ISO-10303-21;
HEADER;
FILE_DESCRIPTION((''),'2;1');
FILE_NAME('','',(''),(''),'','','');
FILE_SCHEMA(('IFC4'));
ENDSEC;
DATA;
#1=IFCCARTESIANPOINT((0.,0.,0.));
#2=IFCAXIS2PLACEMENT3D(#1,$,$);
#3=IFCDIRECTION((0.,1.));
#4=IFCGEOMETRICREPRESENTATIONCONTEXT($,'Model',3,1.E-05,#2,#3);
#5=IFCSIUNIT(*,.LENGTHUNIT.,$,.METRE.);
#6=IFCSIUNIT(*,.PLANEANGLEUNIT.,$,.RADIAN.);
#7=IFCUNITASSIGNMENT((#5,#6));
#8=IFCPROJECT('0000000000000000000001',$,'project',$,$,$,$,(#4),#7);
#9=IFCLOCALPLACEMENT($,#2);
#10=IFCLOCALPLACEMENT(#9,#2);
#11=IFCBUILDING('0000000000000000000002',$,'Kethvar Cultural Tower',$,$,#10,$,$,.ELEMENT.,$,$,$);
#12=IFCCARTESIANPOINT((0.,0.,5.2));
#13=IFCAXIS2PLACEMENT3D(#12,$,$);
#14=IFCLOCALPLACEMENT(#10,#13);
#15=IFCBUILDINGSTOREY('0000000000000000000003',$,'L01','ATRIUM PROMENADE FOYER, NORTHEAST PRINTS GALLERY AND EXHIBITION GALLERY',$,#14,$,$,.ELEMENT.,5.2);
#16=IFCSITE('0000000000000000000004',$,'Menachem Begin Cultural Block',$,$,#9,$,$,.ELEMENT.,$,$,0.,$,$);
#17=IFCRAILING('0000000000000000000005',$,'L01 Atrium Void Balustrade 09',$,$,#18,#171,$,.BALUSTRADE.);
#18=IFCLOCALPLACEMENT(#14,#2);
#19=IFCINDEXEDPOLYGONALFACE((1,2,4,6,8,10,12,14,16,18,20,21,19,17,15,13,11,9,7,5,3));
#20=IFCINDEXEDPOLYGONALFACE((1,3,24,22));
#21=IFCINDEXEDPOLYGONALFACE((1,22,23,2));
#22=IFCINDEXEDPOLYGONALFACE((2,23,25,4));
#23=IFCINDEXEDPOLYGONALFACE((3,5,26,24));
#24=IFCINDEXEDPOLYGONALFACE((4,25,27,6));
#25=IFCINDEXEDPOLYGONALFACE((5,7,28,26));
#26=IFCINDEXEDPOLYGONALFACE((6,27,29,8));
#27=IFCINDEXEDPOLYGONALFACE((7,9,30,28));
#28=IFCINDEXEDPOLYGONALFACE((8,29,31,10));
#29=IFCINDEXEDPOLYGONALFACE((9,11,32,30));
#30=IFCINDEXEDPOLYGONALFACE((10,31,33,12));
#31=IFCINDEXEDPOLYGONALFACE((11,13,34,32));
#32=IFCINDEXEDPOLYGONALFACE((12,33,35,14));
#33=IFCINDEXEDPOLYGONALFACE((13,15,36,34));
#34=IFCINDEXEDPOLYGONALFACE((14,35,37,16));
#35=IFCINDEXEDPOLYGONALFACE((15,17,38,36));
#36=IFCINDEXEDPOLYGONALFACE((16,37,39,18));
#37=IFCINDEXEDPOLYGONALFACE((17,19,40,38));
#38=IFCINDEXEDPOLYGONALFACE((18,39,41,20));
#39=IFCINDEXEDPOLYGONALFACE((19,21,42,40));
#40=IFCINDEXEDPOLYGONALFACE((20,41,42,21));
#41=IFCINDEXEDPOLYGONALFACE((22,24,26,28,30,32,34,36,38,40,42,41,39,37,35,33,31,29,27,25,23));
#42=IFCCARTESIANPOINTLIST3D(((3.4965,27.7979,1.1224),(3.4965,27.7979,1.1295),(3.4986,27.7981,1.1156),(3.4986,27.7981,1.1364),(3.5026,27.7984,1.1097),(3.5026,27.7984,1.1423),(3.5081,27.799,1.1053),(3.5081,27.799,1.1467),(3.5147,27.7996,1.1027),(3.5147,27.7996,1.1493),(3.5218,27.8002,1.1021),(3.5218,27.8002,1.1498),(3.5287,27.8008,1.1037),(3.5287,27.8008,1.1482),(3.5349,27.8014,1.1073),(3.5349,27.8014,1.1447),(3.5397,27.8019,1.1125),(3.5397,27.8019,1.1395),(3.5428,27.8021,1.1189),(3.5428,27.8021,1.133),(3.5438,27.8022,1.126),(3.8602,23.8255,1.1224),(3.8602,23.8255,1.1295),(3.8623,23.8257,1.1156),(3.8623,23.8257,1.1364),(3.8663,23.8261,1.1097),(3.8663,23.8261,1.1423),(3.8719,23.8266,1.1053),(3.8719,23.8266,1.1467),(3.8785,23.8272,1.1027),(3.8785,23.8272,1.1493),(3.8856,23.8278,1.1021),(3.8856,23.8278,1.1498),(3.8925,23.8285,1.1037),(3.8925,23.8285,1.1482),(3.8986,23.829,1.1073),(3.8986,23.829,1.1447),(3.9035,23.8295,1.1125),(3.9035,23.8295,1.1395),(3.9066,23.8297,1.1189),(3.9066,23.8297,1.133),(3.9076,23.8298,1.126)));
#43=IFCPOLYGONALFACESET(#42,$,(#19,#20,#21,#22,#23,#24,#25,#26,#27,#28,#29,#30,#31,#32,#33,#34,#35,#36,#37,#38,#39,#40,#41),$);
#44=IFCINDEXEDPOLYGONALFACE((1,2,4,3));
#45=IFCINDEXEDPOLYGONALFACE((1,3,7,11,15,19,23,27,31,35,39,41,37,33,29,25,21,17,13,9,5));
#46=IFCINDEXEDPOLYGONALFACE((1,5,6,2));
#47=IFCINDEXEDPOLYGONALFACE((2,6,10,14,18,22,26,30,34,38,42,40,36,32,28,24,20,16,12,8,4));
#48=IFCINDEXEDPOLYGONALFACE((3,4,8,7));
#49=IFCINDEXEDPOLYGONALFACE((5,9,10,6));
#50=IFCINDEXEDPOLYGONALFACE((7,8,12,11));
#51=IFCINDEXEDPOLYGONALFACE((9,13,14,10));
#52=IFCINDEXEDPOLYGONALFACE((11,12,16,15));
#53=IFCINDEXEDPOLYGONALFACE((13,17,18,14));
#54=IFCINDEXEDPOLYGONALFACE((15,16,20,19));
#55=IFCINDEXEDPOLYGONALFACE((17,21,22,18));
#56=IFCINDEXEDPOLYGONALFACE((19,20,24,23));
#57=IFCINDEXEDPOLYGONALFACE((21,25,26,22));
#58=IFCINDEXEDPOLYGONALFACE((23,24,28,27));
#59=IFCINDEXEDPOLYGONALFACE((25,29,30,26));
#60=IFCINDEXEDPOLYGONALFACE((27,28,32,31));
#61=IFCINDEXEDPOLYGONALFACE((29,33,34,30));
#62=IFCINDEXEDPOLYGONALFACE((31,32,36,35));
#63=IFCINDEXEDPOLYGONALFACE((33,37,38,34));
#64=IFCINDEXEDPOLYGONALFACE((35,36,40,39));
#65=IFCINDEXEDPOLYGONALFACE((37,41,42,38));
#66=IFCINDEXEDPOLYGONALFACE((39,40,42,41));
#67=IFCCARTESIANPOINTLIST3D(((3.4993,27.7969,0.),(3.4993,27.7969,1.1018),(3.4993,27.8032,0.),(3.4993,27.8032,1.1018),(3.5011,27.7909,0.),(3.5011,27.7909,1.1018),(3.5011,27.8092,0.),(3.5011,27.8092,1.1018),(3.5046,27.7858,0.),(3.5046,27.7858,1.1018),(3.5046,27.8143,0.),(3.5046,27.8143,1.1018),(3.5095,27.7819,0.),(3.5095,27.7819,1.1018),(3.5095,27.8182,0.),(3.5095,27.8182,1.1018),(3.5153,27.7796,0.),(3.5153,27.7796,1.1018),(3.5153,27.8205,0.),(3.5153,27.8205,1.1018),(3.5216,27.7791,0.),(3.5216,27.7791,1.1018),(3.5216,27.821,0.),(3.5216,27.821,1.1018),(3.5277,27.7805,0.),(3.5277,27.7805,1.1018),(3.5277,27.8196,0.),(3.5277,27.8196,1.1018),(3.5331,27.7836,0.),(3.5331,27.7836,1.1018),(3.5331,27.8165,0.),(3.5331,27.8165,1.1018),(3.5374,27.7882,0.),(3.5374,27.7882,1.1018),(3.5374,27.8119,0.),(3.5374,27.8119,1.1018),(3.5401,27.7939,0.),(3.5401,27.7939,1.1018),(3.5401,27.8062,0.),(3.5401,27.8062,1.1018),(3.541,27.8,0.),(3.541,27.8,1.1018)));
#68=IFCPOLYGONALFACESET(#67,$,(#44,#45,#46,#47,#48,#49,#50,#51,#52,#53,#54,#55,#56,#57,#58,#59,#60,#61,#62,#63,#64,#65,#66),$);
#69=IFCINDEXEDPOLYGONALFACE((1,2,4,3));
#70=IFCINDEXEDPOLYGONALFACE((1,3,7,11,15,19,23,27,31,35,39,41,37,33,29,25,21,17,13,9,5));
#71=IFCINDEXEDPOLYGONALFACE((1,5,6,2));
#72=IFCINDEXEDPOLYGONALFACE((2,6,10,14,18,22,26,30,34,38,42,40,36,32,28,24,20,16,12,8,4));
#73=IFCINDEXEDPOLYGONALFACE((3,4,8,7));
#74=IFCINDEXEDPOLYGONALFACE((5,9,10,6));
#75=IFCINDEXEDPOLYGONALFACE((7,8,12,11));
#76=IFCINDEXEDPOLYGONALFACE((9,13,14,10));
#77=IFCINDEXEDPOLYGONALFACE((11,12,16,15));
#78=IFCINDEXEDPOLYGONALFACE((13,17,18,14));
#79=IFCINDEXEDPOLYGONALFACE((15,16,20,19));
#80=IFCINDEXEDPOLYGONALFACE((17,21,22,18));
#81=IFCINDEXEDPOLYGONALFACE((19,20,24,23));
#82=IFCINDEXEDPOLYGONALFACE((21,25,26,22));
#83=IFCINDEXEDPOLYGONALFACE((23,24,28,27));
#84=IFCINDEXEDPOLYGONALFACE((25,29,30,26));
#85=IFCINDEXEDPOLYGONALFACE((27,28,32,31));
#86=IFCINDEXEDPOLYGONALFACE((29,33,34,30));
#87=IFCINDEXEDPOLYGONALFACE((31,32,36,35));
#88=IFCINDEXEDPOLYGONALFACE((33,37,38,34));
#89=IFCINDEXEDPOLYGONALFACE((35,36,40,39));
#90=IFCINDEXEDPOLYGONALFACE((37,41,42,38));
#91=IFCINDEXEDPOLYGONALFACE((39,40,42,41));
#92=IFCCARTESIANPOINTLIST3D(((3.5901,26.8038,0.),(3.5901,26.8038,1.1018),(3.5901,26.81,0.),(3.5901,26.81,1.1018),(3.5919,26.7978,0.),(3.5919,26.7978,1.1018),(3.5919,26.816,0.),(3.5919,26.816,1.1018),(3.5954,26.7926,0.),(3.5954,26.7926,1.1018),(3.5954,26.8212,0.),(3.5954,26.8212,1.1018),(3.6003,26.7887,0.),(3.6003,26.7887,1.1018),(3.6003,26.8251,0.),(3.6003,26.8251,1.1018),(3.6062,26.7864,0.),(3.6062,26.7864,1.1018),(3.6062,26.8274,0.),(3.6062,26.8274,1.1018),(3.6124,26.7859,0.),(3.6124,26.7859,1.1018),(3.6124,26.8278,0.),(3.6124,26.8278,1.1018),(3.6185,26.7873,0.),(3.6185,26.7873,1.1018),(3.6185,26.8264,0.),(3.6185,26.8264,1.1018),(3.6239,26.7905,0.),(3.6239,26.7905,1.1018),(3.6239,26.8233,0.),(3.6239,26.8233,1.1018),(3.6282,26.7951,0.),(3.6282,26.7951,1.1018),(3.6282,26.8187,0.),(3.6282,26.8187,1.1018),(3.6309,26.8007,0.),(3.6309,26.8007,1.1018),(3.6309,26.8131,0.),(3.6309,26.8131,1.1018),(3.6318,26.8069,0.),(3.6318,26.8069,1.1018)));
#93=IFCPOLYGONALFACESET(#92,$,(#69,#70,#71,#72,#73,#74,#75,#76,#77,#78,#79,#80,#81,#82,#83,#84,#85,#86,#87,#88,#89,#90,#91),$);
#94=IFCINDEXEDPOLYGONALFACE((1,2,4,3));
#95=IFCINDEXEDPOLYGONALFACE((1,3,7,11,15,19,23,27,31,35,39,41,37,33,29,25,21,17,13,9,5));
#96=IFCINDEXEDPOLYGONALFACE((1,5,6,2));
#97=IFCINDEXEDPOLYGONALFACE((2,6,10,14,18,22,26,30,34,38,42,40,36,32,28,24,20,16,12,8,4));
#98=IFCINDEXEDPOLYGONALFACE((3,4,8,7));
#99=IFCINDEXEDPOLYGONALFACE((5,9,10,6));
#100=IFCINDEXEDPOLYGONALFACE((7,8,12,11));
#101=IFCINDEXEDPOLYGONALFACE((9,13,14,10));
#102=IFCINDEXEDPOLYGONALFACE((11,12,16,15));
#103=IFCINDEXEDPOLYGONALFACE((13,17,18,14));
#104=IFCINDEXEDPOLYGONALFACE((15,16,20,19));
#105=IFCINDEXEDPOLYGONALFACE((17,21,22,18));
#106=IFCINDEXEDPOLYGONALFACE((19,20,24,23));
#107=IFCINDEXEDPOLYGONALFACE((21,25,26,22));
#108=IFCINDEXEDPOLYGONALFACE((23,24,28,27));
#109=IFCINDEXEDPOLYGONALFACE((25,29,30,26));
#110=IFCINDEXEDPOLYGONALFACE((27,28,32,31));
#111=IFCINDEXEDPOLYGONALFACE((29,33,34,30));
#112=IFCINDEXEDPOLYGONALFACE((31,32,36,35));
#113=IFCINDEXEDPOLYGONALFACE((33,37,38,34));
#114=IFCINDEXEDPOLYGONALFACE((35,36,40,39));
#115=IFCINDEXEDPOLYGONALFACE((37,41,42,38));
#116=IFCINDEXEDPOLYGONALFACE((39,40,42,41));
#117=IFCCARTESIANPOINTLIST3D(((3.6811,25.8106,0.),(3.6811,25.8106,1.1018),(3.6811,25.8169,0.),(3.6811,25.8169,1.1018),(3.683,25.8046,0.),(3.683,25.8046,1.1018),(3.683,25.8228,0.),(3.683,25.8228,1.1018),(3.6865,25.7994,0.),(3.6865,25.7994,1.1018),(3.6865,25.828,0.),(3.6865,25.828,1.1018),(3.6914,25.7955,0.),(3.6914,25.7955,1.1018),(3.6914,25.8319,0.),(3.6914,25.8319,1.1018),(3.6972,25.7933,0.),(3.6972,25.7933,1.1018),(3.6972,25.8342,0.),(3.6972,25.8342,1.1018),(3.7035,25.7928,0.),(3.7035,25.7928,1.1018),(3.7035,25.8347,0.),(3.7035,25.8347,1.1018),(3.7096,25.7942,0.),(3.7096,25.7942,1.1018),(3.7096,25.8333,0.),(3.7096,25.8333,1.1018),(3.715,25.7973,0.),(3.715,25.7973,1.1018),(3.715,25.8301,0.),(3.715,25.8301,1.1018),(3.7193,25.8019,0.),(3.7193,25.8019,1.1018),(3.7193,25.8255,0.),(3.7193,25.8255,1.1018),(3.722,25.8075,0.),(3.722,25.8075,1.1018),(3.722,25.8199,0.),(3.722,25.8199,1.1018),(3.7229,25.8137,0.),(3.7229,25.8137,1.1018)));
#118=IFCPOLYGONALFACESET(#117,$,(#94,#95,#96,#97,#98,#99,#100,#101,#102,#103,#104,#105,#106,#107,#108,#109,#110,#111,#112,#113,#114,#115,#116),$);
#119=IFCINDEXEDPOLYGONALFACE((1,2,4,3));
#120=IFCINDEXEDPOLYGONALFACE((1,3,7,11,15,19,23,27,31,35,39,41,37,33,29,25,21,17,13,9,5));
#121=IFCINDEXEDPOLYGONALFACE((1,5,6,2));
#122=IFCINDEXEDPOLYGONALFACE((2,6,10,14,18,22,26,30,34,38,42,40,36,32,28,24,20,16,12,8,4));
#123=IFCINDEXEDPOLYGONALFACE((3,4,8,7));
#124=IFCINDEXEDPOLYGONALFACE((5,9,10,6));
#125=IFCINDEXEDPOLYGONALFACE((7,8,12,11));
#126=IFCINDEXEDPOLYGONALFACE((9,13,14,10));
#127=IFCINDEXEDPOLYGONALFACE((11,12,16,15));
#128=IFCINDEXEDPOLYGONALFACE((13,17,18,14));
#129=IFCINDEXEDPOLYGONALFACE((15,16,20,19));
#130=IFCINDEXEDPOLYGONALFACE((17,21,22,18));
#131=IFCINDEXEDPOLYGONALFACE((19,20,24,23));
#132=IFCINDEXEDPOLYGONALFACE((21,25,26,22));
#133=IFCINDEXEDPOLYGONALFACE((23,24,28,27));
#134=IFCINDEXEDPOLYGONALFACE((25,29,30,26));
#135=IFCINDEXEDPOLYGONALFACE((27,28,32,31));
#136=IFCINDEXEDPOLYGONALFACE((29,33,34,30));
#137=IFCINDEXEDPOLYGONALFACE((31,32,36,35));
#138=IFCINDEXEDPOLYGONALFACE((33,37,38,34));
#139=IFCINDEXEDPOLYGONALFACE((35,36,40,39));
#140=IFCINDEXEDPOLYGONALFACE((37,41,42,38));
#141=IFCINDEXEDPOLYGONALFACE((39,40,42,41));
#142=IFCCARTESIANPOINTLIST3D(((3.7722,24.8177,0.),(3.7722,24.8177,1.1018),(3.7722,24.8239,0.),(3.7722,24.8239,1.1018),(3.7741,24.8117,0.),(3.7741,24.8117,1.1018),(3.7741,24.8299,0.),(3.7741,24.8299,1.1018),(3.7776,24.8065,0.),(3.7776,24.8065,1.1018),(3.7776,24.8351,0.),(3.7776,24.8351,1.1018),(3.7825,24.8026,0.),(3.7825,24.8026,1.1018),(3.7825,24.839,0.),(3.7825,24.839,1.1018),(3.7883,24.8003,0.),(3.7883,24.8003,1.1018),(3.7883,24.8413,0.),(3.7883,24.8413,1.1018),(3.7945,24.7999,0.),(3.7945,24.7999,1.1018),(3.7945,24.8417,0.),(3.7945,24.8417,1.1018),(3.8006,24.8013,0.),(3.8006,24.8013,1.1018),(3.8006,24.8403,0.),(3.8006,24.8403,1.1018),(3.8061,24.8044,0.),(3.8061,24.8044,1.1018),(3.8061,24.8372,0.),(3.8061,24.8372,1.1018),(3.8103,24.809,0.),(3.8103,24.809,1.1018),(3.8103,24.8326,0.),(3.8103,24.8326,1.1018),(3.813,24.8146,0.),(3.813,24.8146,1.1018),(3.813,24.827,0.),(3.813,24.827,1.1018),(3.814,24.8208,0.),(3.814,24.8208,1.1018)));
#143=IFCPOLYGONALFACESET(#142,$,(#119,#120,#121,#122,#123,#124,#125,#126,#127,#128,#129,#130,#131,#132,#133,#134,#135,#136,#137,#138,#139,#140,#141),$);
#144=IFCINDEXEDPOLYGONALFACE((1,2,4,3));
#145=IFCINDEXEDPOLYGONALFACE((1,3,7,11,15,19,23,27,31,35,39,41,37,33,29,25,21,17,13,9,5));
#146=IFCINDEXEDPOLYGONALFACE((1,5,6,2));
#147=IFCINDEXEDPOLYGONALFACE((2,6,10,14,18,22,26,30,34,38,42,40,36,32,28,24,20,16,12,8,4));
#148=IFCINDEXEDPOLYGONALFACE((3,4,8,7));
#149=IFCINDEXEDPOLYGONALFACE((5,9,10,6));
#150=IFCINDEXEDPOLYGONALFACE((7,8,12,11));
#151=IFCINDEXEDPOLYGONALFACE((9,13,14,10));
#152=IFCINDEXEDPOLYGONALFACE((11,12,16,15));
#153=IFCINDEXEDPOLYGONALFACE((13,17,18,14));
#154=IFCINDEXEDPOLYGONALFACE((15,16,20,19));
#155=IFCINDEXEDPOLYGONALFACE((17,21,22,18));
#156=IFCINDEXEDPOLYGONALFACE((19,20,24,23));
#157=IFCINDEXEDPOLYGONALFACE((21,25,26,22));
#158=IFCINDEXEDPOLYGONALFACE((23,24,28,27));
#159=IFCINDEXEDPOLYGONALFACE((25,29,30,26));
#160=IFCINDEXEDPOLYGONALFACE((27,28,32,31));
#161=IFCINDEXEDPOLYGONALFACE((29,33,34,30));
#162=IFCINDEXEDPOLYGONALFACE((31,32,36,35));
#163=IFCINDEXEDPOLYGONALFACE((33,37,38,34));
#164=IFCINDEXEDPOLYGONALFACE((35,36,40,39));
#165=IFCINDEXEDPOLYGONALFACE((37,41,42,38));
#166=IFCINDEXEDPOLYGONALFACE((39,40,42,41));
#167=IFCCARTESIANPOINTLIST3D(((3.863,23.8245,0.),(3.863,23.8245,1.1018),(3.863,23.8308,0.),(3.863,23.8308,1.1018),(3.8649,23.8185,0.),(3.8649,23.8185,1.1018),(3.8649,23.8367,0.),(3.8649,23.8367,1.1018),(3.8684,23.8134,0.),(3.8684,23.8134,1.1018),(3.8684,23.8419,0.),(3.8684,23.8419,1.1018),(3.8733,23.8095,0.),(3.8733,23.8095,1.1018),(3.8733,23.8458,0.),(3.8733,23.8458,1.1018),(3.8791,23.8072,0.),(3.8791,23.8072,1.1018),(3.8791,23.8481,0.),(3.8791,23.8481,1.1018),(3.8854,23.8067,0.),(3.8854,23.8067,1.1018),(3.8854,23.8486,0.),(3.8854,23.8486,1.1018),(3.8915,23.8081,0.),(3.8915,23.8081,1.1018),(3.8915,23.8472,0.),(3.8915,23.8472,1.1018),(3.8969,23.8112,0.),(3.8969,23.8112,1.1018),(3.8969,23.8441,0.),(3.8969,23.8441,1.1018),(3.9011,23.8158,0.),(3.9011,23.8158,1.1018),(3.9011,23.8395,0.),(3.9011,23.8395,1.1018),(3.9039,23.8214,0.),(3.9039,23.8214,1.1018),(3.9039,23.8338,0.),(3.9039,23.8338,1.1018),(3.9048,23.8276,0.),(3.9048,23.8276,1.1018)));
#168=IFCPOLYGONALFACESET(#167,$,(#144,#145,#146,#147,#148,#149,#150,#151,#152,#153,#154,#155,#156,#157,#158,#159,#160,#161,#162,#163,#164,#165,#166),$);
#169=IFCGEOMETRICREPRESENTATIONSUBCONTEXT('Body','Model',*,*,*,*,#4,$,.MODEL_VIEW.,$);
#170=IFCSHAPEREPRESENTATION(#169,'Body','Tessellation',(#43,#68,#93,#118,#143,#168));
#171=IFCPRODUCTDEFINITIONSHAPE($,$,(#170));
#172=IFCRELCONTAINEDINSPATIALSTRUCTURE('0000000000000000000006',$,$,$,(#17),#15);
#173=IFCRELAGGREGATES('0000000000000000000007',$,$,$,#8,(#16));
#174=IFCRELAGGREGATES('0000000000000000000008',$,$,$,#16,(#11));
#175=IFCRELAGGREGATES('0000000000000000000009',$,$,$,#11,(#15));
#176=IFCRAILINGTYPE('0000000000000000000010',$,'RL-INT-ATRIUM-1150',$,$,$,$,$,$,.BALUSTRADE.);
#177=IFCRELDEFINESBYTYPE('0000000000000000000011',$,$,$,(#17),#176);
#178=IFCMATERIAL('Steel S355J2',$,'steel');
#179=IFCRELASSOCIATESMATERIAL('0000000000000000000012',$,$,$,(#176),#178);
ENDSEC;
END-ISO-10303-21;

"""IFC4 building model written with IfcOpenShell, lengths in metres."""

from ifc_helpers import new_model, si_unit, direction, frame, origin, origin_2d, place, context, subcontext, project, spatial, circle, extrude, material, type_object, element, save


model = new_model("IFC4")

# Units and contexts
model_context = context("Model", 3, precision=1e-05, world=origin(), true_north=direction((0.0, 1.0)))
body_context = subcontext(model_context, "Body", "Model", "MODEL_VIEW")
ifc_project = project(units=[si_unit("LENGTHUNIT", "METRE"), si_unit("PLANEANGLEUNIT", "RADIAN")], contexts=[model_context])

# Site, building, storey
site_placement = place(None, origin())
site = spatial("IfcSite", under=ifc_project, at=site_placement, Name="Menachem Begin Cultural Block", CompositionType="ELEMENT", RefElevation=0.0)
building_placement = place(site_placement, origin())
building = spatial("IfcBuilding", under=site, at=building_placement, Name="Kethvar Cultural Tower", CompositionType="ELEMENT")
storey_placement = place(building_placement, frame((0.0, 0.0, 5.2)))
storey = spatial("IfcBuildingStorey", under=building, at=storey_placement, Name="L01", Description="ATRIUM PROMENADE FOYER, NORTHEAST PRINTS GALLERY AND EXHIBITION GALLERY", CompositionType="ELEMENT", Elevation=5.2)

# Shared definitions
ifc_material_1 = material(Name="Steel S355J2", Category="steel")

# Railing
railing_type_1 = type_object("IfcRailingType", Name="RL-INT-ATRIUM-1150", PredefinedType="BALUSTRADE", material=ifc_material_1)
railing_1_placement = place(storey_placement, frame((3.52, 27.8, 0.0)))
element("IfcRailing", 1, at=railing_1_placement, inside=storey, type_object=railing_type_1, Name="L01 Atrium Void Balustrade 09", PredefinedType="BALUSTRADE", context=body_context, shape_type="SweptSolid", body=[
    extrude(circle(Radius=0.0239, at=origin_2d()), frame((0.0, 0.0, 1.126), z_axis=(0.091192, -0.995833, 0.0), x_axis=(0.995833, 0.091192, 0.0)), (0.0, 0.0, 1.0), 3.989),
    extrude(circle(Radius=0.021, at=origin_2d()), origin(), (0.0, 0.0, 1.0), 1.1018),
    extrude(circle(Radius=0.021, at=origin_2d()), frame((0.0908, -0.9932, 0.0)), (0.0, 0.0, 1.0), 1.1018),
    extrude(circle(Radius=0.021, at=origin_2d()), frame((0.1819, -1.9863, 0.0)), (0.0, 0.0, 1.0), 1.1018),
    extrude(circle(Radius=0.021, at=origin_2d()), frame((0.2729, -2.9792, 0.0)), (0.0, 0.0, 1.0), 1.1018),
    extrude(circle(Radius=0.021, at=origin_2d()), frame((0.3638, -3.9724, 0.0)), (0.0, 0.0, 1.0), 1.1018),
])

save(model, "model.ifc")
